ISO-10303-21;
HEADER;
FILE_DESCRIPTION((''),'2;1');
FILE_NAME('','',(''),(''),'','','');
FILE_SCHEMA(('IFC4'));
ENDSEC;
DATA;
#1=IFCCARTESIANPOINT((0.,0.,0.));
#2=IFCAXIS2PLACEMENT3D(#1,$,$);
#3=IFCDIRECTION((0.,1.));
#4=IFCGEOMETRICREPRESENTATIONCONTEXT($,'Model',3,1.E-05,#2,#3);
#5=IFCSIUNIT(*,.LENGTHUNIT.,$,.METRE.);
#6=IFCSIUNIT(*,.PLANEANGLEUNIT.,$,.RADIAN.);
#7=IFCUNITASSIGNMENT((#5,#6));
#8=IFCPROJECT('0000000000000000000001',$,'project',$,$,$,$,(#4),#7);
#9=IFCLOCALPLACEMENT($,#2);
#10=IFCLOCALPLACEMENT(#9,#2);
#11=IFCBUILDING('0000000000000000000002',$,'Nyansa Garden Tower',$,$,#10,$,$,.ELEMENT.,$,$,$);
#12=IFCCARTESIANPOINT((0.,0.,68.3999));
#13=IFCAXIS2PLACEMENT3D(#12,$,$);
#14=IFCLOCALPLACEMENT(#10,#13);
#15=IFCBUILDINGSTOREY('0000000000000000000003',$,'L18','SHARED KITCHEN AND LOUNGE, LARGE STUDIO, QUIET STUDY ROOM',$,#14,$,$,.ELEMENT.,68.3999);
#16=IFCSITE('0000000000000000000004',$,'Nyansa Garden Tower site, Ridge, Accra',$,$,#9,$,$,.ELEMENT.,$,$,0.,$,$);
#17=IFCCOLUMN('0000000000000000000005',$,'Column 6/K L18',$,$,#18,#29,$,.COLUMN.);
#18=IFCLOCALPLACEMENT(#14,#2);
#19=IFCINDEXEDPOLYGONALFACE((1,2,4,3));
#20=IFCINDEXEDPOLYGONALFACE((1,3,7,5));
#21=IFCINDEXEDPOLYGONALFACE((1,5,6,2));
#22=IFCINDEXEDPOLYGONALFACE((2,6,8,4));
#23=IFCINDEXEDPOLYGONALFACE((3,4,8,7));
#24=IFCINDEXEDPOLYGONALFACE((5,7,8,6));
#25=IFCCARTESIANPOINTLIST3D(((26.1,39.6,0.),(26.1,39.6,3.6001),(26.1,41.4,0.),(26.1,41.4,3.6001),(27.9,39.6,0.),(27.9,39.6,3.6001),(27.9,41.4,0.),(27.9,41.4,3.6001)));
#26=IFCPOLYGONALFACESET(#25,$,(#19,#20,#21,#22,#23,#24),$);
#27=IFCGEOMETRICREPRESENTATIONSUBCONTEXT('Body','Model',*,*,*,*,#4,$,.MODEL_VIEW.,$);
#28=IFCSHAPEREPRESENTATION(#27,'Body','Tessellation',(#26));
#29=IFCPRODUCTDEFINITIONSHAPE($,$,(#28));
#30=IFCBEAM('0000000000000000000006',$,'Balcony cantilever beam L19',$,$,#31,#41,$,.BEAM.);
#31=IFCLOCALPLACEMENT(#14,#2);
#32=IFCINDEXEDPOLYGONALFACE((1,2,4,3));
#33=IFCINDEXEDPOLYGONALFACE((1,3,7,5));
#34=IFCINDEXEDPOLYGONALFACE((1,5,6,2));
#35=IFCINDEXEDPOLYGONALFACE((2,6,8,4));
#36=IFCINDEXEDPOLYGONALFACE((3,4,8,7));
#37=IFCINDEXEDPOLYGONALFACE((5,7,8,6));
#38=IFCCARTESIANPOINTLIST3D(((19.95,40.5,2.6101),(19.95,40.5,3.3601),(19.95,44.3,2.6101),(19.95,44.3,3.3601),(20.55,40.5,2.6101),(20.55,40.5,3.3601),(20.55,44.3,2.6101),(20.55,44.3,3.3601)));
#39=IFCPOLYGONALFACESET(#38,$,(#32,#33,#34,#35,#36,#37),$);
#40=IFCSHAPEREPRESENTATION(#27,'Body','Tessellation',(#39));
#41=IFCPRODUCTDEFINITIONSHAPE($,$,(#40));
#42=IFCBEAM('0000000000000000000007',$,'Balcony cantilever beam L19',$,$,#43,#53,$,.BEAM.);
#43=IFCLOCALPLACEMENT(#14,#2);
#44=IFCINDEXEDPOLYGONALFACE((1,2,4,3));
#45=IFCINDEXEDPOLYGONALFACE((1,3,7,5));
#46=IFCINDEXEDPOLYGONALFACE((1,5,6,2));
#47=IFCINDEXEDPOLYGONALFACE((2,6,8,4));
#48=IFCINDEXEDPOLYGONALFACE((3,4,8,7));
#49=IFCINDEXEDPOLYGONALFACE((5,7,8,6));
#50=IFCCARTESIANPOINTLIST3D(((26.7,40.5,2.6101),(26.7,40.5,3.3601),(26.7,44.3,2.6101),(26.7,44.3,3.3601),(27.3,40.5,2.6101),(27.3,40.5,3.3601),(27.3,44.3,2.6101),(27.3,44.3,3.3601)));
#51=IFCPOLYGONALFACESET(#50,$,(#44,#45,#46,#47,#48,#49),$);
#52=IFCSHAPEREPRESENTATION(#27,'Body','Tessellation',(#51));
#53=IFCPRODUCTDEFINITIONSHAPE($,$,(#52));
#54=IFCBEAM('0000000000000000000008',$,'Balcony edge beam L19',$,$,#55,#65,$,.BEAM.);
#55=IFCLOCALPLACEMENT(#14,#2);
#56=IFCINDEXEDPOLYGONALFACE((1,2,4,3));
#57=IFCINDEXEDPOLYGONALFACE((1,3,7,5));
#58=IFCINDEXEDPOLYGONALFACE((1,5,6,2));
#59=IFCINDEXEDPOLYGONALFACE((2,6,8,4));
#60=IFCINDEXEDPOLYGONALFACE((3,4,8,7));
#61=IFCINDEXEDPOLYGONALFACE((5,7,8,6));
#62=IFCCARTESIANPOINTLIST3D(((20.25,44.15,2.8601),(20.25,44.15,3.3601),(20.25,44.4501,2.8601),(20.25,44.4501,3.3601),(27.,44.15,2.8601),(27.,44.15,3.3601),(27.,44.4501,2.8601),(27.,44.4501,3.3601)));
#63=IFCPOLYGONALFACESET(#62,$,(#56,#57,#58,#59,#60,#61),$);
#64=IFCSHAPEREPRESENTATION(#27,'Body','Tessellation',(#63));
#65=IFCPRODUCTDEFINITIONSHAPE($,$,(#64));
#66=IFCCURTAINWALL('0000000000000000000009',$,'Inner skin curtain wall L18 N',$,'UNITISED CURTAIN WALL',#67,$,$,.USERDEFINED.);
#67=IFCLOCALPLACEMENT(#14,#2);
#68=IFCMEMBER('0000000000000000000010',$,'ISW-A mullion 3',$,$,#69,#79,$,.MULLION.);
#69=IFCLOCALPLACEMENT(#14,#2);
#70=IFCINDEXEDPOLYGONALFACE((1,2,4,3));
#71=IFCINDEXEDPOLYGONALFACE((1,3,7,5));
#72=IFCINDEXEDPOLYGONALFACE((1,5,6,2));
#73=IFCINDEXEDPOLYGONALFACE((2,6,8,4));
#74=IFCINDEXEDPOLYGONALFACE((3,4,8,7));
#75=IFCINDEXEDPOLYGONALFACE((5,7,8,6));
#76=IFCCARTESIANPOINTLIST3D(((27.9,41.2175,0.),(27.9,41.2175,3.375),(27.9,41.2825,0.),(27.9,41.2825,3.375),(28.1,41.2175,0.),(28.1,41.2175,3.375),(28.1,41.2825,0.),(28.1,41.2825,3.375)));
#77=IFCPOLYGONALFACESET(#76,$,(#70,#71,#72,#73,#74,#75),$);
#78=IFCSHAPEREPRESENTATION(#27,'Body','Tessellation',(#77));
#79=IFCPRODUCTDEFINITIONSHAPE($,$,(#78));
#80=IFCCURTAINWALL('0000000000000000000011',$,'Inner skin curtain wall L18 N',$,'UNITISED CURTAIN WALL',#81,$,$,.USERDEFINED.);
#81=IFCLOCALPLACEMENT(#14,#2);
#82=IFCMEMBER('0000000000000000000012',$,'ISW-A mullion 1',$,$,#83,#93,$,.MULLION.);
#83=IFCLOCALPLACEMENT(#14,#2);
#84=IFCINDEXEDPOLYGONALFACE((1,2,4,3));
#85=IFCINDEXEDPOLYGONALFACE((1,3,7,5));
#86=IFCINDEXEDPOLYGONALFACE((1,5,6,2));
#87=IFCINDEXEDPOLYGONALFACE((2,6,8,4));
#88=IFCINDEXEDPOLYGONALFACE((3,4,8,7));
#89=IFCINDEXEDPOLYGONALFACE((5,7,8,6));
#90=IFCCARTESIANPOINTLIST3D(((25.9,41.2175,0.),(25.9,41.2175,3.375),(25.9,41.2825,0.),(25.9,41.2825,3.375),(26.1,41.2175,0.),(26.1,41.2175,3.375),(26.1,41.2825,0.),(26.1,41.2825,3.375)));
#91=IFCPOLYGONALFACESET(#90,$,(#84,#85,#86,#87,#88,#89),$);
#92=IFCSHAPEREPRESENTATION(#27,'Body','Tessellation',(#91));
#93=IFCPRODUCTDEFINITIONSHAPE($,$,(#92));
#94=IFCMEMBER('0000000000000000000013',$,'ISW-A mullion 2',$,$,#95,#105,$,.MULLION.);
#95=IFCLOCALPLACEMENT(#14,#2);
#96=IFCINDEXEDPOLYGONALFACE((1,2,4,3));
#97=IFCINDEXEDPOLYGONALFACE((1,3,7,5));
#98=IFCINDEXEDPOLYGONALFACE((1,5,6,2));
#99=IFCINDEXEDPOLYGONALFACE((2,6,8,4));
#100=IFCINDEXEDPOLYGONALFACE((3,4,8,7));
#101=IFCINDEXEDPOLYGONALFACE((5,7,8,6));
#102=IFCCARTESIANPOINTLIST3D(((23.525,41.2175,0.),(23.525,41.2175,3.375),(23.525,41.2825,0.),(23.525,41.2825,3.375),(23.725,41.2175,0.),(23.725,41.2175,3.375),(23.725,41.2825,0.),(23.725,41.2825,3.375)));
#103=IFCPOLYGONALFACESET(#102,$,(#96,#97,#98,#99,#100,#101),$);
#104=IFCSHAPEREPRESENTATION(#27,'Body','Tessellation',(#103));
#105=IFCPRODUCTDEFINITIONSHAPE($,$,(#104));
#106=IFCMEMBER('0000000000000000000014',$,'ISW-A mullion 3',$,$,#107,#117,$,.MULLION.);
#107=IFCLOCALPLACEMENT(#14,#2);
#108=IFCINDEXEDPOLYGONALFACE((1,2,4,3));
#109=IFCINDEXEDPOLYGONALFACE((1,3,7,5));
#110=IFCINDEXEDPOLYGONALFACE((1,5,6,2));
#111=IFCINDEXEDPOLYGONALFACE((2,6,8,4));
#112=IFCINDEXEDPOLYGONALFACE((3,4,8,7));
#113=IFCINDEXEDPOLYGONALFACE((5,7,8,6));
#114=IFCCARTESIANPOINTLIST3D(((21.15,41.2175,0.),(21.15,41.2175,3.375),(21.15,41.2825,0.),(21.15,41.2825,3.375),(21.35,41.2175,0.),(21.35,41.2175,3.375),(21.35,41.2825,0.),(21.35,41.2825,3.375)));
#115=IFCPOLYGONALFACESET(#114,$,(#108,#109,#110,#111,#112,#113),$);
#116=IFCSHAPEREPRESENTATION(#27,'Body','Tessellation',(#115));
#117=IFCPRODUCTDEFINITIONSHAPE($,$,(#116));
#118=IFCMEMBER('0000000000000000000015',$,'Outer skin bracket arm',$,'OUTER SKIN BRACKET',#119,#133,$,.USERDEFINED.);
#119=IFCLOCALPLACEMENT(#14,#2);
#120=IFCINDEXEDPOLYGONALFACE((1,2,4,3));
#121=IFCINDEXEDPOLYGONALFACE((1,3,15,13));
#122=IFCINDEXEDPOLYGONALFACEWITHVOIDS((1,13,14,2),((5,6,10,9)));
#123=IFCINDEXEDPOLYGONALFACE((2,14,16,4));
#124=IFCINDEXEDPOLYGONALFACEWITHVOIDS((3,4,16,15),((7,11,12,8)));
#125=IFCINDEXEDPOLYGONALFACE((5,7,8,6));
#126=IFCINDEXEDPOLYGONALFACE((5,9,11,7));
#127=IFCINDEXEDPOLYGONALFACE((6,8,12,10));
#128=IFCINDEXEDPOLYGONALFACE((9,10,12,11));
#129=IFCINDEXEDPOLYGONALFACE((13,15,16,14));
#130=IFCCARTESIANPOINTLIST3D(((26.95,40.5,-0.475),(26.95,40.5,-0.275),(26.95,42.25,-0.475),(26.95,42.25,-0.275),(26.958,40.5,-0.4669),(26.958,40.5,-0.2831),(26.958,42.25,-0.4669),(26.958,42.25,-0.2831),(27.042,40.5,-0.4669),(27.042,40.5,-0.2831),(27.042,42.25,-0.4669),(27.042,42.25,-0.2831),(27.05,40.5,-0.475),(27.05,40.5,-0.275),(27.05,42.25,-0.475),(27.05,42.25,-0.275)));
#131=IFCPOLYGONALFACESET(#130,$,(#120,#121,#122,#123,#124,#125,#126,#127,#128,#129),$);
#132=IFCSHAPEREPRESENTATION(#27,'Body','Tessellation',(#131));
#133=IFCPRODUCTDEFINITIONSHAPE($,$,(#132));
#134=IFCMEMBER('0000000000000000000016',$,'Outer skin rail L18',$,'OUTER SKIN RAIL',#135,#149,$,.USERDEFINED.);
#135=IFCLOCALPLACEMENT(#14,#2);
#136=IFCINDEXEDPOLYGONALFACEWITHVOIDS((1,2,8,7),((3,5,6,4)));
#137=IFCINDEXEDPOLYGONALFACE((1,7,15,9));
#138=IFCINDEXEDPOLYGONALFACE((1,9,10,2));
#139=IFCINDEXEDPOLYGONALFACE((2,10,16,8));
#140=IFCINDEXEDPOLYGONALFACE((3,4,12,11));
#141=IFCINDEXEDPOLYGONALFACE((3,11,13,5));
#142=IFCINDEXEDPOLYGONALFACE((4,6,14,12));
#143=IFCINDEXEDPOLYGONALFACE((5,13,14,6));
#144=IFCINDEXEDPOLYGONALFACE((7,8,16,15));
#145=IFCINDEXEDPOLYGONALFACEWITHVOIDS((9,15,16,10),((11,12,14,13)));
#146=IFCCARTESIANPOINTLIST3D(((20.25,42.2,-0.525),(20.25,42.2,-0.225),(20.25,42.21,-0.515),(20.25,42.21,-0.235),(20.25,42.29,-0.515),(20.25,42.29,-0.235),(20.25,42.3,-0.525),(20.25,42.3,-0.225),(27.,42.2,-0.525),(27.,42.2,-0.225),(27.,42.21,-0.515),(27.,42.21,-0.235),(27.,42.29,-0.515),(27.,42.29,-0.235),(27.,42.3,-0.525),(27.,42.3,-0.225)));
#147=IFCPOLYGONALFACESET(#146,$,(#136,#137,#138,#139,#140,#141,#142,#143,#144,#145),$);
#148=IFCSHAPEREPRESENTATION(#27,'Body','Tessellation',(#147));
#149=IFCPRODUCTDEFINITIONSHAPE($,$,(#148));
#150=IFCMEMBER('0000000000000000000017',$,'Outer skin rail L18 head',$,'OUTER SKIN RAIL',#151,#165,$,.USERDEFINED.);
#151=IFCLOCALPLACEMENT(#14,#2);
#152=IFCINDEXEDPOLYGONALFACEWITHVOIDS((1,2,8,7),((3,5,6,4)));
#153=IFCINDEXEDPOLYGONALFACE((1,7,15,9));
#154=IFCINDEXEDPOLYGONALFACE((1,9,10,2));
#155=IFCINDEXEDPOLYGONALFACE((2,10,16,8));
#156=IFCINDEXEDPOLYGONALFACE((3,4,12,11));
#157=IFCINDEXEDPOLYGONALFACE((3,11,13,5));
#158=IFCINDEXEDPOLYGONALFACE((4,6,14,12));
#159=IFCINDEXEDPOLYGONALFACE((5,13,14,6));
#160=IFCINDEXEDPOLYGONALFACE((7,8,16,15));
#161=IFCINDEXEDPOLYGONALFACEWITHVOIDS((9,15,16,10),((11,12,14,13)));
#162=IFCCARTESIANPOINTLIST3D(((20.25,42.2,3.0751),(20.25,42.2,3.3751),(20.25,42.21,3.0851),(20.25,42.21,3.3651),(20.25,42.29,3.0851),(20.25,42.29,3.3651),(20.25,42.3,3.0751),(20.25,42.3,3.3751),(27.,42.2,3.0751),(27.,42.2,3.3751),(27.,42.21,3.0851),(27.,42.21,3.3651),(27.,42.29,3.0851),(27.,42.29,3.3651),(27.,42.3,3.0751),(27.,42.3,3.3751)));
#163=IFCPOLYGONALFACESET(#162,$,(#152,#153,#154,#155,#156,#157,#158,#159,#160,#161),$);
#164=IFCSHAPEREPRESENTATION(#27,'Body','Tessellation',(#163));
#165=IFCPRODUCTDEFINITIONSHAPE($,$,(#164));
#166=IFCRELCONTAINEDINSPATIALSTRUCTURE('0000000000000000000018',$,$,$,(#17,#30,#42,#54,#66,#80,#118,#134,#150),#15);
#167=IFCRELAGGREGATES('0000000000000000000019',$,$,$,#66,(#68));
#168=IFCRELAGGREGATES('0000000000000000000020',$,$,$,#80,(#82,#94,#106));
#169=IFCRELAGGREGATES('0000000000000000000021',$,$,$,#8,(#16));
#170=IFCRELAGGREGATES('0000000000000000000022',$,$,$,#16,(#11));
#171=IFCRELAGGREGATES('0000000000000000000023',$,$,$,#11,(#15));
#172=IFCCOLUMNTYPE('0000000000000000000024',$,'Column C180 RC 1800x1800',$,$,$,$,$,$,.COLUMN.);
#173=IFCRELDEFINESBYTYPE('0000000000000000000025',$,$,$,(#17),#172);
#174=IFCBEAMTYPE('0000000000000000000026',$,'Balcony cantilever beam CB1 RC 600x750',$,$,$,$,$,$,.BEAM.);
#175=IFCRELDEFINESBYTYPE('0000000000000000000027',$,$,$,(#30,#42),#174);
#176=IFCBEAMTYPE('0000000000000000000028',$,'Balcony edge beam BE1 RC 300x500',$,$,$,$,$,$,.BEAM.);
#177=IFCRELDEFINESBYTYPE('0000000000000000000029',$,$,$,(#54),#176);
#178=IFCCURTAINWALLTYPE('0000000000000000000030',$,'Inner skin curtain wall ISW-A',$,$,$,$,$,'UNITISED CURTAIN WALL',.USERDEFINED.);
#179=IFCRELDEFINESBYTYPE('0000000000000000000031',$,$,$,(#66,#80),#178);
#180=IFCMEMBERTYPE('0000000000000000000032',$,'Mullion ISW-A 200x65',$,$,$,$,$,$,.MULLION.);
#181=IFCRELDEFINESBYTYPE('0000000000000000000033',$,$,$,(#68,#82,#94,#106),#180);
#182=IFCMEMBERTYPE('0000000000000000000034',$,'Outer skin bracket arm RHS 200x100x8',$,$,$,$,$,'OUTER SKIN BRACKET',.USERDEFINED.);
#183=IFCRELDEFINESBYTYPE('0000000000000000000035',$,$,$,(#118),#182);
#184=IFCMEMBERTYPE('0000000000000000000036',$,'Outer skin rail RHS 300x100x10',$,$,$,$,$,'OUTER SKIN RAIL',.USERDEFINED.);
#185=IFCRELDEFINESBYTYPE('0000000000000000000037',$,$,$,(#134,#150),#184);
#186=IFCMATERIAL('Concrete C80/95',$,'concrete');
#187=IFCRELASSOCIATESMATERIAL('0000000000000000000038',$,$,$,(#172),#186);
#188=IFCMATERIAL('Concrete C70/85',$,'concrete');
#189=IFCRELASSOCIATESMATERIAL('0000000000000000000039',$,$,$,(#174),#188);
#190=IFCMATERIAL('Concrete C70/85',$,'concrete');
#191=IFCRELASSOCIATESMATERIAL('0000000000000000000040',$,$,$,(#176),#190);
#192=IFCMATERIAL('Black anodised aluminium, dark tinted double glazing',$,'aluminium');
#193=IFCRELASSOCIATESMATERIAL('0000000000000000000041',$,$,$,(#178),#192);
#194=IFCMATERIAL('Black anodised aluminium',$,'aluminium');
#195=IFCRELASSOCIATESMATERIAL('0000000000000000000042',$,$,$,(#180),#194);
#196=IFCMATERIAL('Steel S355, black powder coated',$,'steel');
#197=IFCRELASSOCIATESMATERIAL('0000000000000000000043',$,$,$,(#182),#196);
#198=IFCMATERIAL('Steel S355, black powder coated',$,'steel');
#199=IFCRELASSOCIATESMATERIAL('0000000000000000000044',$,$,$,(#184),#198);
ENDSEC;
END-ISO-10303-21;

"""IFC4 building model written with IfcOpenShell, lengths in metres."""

from ifc_helpers import new_model, si_unit, direction, frame, origin, origin_2d, place, context, subcontext, project, spatial, rectangle, hollow_rectangle, extrude, material, material_profile, profile_set, type_object, element, aggregate, save


model = new_model("IFC4")

# Units and contexts
model_context = context("Model", 3, precision=1e-05, world=origin(), true_north=direction((0.0, 1.0)))
body_context = subcontext(model_context, "Body", "Model", "MODEL_VIEW")
ifc_project = project(units=[si_unit("LENGTHUNIT", "METRE"), si_unit("PLANEANGLEUNIT", "RADIAN")], contexts=[model_context])

# Site, building, storey
site_placement = place(None, origin())
site = spatial("IfcSite", under=ifc_project, at=site_placement, Name="Nyansa Garden Tower site, Ridge, Accra", CompositionType="ELEMENT", RefElevation=0.0)
building_placement = place(site_placement, origin())
building = spatial("IfcBuilding", under=site, at=building_placement, Name="Nyansa Garden Tower", CompositionType="ELEMENT")
storey_placement = place(building_placement, frame((0.0, 0.0, 68.3999)))
storey = spatial("IfcBuildingStorey", under=building, at=storey_placement, Name="L18", Description="SHARED KITCHEN AND LOUNGE, LARGE STUDIO, QUIET STUDY ROOM", CompositionType="ELEMENT", Elevation=68.3999)

# Column
ifc_material_1 = material(Name="Concrete C80/95", Category="concrete")
ifc_material_profile_1 = material_profile(ifc_material_1, rectangle(XDim=1.8, YDim=1.8, at=origin_2d()), Name="RC 1800x1800")
ifc_profile_set_1 = profile_set([ifc_material_profile_1], Name="Concrete C80/95")
column_type = type_object("IfcColumnType", Name="Column C180 RC 1800x1800", PredefinedType="COLUMN", material=ifc_profile_set_1)
column_placement = place(storey_placement, frame((27.0, 40.5, 0.0), z_axis=(0.0, 0.0, 1.0), x_axis=(1.0, 0.0, 0.0)))
element("IfcColumn", 1, at=column_placement, inside=storey, type_object=column_type, Name="Column 6/K L18", PredefinedType="COLUMN", context=body_context, shape_type="SweptSolid", body=[
    extrude(rectangle(XDim=1.8, YDim=1.8, at=origin_2d()), origin(), (0.0, 0.0, 1.0), 3.6001),
])

# Beams
ifc_material_2 = material(Name="Concrete C70/85", Category="concrete")
ifc_material_profile_2 = material_profile(ifc_material_2, rectangle(XDim=0.6001, YDim=0.75, at=origin_2d()), Name="RC 600x750")
ifc_profile_set_2 = profile_set([ifc_material_profile_2], Name="Concrete C70/85")
beam_type_1 = type_object("IfcBeamType", Name="Balcony cantilever beam CB1 RC 600x750", PredefinedType="BEAM", material=ifc_profile_set_2)
for number, where, z_axis, x_axis, name in (
    (2, (20.25, 40.5, 2.9851), (0.0, 1.0, 0.0), (-1.0, 0.0, 0.0), "Balcony cantilever beam L19"),
    (3, (27.0, 40.5, 2.9851), (0.0, 1.0, 0.0), (-1.0, 0.0, 0.0), "Balcony cantilever beam L19"),
):
    element("IfcBeam", number, at=place(storey_placement, frame(where, z_axis=z_axis, x_axis=x_axis)), inside=storey, type_object=beam_type_1, Name=name, PredefinedType="BEAM", context=body_context, shape_type="SweptSolid", body=[
        extrude(rectangle(XDim=0.6001, YDim=0.75, at=origin_2d()), origin(), (0.0, 0.0, 1.0), 3.8),
    ])
ifc_material_3 = material(Name="Concrete C70/85", Category="concrete")
ifc_material_profile_3 = material_profile(ifc_material_3, rectangle(XDim=0.3, YDim=0.5, at=origin_2d()), Name="RC 300x500")
ifc_profile_set_3 = profile_set([ifc_material_profile_3], Name="Concrete C70/85")
beam_type_2 = type_object("IfcBeamType", Name="Balcony edge beam BE1 RC 300x500", PredefinedType="BEAM", material=ifc_profile_set_3)
beam_1_placement = place(storey_placement, frame((20.25, 44.3, 3.1101), z_axis=(1.0, 0.0, 0.0), x_axis=(0.0, 1.0, 0.0)))
element("IfcBeam", 4, at=beam_1_placement, inside=storey, type_object=beam_type_2, Name="Balcony edge beam L19", PredefinedType="BEAM", context=body_context, shape_type="SweptSolid", body=[
    extrude(rectangle(XDim=0.3, YDim=0.5, at=origin_2d()), origin(), (0.0, 0.0, 1.0), 6.75),
])

# Curtain wall, member
ifc_material_4 = material(Name="Black anodised aluminium, dark tinted double glazing", Category="aluminium")
curtain_wall_type = type_object("IfcCurtainWallType", Name="Inner skin curtain wall ISW-A", ElementType="UNITISED CURTAIN WALL", PredefinedType="USERDEFINED", material=ifc_material_4)
curtain_wall_1_placement = place(storey_placement, origin())
curtain_wall_1 = element("IfcCurtainWall", 5, at=curtain_wall_1_placement, inside=storey, type_object=curtain_wall_type, Name="Inner skin curtain wall L18 N", ObjectType="UNITISED CURTAIN WALL", PredefinedType="USERDEFINED")
ifc_material_5 = material(Name="Black anodised aluminium", Category="aluminium")
ifc_material_profile_4 = material_profile(ifc_material_5, rectangle(XDim=0.0649, YDim=0.2, at=origin_2d()), Name="Mullion 200x65")
ifc_profile_set_4 = profile_set([ifc_material_profile_4], Name="Black anodised aluminium")
member_type_1 = type_object("IfcMemberType", Name="Mullion ISW-A 200x65", PredefinedType="MULLION", material=ifc_profile_set_4)
member_1_placement = place(storey_placement, frame((28.0, 41.25, 0.0), z_axis=(0.0, 0.0, 1.0), x_axis=(0.0, -1.0, 0.0)))
member_1 = element("IfcMember", 6, at=member_1_placement, type_object=member_type_1, Name="ISW-A mullion 3", PredefinedType="MULLION", context=body_context, shape_type="SweptSolid", body=[
    extrude(rectangle(XDim=0.0649, YDim=0.2, at=origin_2d()), origin(), (0.0, 0.0, 1.0), 3.375),
])

# Curtain wall, members
curtain_wall_2_placement = place(storey_placement, origin())
curtain_wall_2 = element("IfcCurtainWall", 7, at=curtain_wall_2_placement, inside=storey, type_object=curtain_wall_type, Name="Inner skin curtain wall L18 N", ObjectType="UNITISED CURTAIN WALL", PredefinedType="USERDEFINED")
member_2_placement = place(storey_placement, frame((26.0, 41.25, 0.0), z_axis=(0.0, 0.0, 1.0), x_axis=(0.0, -1.0, 0.0)))
member_2 = element("IfcMember", 8, at=member_2_placement, type_object=member_type_1, Name="ISW-A mullion 1", PredefinedType="MULLION", context=body_context, shape_type="SweptSolid", body=[
    extrude(rectangle(XDim=0.0649, YDim=0.2, at=origin_2d()), origin(), (0.0, 0.0, 1.0), 3.375),
])
member_3_placement = place(storey_placement, frame((23.625, 41.25, 0.0), z_axis=(0.0, 0.0, 1.0), x_axis=(0.0, -1.0, 0.0)))
member_3 = element("IfcMember", 9, at=member_3_placement, type_object=member_type_1, Name="ISW-A mullion 2", PredefinedType="MULLION", context=body_context, shape_type="SweptSolid", body=[
    extrude(rectangle(XDim=0.0649, YDim=0.2, at=origin_2d()), origin(), (0.0, 0.0, 1.0), 3.375),
])
member_4_placement = place(storey_placement, frame((21.25, 41.25, 0.0), z_axis=(0.0, 0.0, 1.0), x_axis=(0.0, -1.0, 0.0)))
member_4 = element("IfcMember", 10, at=member_4_placement, type_object=member_type_1, Name="ISW-A mullion 3", PredefinedType="MULLION", context=body_context, shape_type="SweptSolid", body=[
    extrude(rectangle(XDim=0.0649, YDim=0.2, at=origin_2d()), origin(), (0.0, 0.0, 1.0), 3.375),
])

# Members
ifc_material_6 = material(Name="Steel S355, black powder coated", Category="steel")
ifc_material_profile_5 = material_profile(ifc_material_6, hollow_rectangle(XDim=0.1001, YDim=0.2, WallThickness=0.0081, at=origin_2d()), Name="RHS 200x100x8")
ifc_profile_set_5 = profile_set([ifc_material_profile_5], Name="Steel S355, black powder coated")
member_type_2 = type_object("IfcMemberType", Name="Outer skin bracket arm RHS 200x100x8", ElementType="OUTER SKIN BRACKET", PredefinedType="USERDEFINED", material=ifc_profile_set_5)
member_5_placement = place(storey_placement, frame((27.0, 40.5, -0.375), z_axis=(0.0, 1.0, 0.0), x_axis=(-1.0, 0.0, 0.0)))
element("IfcMember", 11, at=member_5_placement, inside=storey, type_object=member_type_2, Name="Outer skin bracket arm", ObjectType="OUTER SKIN BRACKET", PredefinedType="USERDEFINED", context=body_context, shape_type="SweptSolid", body=[
    extrude(hollow_rectangle(XDim=0.1001, YDim=0.2, WallThickness=0.0081, at=origin_2d()), origin(), (0.0, 0.0, 1.0), 1.75),
])
ifc_material_7 = material(Name="Steel S355, black powder coated", Category="steel")
ifc_material_profile_6 = material_profile(ifc_material_7, hollow_rectangle(XDim=0.1001, YDim=0.3, WallThickness=0.01, at=origin_2d()), Name="RHS 300x100x10")
ifc_profile_set_6 = profile_set([ifc_material_profile_6], Name="Steel S355, black powder coated")
member_type_3 = type_object("IfcMemberType", Name="Outer skin rail RHS 300x100x10", ElementType="OUTER SKIN RAIL", PredefinedType="USERDEFINED", material=ifc_profile_set_6)
for number, where, z_axis, x_axis, name in (
    (12, (20.25, 42.25, -0.375), (1.0, 0.0, 0.0), (0.0, 1.0, 0.0), "Outer skin rail L18"),
    (13, (20.25, 42.25, 3.2251), (1.0, 0.0, 0.0), (0.0, 1.0, 0.0), "Outer skin rail L18 head"),
):
    element("IfcMember", number, at=place(storey_placement, frame(where, z_axis=z_axis, x_axis=x_axis)), inside=storey, type_object=member_type_3, Name=name, ObjectType="OUTER SKIN RAIL", PredefinedType="USERDEFINED", context=body_context, shape_type="SweptSolid", body=[
        extrude(hollow_rectangle(XDim=0.1001, YDim=0.3, WallThickness=0.01, at=origin_2d()), origin(), (0.0, 0.0, 1.0), 6.75),
    ])

aggregate(curtain_wall_1, [member_1])
aggregate(curtain_wall_2, [member_2, member_3, member_4])

save(model, "model.ifc")
